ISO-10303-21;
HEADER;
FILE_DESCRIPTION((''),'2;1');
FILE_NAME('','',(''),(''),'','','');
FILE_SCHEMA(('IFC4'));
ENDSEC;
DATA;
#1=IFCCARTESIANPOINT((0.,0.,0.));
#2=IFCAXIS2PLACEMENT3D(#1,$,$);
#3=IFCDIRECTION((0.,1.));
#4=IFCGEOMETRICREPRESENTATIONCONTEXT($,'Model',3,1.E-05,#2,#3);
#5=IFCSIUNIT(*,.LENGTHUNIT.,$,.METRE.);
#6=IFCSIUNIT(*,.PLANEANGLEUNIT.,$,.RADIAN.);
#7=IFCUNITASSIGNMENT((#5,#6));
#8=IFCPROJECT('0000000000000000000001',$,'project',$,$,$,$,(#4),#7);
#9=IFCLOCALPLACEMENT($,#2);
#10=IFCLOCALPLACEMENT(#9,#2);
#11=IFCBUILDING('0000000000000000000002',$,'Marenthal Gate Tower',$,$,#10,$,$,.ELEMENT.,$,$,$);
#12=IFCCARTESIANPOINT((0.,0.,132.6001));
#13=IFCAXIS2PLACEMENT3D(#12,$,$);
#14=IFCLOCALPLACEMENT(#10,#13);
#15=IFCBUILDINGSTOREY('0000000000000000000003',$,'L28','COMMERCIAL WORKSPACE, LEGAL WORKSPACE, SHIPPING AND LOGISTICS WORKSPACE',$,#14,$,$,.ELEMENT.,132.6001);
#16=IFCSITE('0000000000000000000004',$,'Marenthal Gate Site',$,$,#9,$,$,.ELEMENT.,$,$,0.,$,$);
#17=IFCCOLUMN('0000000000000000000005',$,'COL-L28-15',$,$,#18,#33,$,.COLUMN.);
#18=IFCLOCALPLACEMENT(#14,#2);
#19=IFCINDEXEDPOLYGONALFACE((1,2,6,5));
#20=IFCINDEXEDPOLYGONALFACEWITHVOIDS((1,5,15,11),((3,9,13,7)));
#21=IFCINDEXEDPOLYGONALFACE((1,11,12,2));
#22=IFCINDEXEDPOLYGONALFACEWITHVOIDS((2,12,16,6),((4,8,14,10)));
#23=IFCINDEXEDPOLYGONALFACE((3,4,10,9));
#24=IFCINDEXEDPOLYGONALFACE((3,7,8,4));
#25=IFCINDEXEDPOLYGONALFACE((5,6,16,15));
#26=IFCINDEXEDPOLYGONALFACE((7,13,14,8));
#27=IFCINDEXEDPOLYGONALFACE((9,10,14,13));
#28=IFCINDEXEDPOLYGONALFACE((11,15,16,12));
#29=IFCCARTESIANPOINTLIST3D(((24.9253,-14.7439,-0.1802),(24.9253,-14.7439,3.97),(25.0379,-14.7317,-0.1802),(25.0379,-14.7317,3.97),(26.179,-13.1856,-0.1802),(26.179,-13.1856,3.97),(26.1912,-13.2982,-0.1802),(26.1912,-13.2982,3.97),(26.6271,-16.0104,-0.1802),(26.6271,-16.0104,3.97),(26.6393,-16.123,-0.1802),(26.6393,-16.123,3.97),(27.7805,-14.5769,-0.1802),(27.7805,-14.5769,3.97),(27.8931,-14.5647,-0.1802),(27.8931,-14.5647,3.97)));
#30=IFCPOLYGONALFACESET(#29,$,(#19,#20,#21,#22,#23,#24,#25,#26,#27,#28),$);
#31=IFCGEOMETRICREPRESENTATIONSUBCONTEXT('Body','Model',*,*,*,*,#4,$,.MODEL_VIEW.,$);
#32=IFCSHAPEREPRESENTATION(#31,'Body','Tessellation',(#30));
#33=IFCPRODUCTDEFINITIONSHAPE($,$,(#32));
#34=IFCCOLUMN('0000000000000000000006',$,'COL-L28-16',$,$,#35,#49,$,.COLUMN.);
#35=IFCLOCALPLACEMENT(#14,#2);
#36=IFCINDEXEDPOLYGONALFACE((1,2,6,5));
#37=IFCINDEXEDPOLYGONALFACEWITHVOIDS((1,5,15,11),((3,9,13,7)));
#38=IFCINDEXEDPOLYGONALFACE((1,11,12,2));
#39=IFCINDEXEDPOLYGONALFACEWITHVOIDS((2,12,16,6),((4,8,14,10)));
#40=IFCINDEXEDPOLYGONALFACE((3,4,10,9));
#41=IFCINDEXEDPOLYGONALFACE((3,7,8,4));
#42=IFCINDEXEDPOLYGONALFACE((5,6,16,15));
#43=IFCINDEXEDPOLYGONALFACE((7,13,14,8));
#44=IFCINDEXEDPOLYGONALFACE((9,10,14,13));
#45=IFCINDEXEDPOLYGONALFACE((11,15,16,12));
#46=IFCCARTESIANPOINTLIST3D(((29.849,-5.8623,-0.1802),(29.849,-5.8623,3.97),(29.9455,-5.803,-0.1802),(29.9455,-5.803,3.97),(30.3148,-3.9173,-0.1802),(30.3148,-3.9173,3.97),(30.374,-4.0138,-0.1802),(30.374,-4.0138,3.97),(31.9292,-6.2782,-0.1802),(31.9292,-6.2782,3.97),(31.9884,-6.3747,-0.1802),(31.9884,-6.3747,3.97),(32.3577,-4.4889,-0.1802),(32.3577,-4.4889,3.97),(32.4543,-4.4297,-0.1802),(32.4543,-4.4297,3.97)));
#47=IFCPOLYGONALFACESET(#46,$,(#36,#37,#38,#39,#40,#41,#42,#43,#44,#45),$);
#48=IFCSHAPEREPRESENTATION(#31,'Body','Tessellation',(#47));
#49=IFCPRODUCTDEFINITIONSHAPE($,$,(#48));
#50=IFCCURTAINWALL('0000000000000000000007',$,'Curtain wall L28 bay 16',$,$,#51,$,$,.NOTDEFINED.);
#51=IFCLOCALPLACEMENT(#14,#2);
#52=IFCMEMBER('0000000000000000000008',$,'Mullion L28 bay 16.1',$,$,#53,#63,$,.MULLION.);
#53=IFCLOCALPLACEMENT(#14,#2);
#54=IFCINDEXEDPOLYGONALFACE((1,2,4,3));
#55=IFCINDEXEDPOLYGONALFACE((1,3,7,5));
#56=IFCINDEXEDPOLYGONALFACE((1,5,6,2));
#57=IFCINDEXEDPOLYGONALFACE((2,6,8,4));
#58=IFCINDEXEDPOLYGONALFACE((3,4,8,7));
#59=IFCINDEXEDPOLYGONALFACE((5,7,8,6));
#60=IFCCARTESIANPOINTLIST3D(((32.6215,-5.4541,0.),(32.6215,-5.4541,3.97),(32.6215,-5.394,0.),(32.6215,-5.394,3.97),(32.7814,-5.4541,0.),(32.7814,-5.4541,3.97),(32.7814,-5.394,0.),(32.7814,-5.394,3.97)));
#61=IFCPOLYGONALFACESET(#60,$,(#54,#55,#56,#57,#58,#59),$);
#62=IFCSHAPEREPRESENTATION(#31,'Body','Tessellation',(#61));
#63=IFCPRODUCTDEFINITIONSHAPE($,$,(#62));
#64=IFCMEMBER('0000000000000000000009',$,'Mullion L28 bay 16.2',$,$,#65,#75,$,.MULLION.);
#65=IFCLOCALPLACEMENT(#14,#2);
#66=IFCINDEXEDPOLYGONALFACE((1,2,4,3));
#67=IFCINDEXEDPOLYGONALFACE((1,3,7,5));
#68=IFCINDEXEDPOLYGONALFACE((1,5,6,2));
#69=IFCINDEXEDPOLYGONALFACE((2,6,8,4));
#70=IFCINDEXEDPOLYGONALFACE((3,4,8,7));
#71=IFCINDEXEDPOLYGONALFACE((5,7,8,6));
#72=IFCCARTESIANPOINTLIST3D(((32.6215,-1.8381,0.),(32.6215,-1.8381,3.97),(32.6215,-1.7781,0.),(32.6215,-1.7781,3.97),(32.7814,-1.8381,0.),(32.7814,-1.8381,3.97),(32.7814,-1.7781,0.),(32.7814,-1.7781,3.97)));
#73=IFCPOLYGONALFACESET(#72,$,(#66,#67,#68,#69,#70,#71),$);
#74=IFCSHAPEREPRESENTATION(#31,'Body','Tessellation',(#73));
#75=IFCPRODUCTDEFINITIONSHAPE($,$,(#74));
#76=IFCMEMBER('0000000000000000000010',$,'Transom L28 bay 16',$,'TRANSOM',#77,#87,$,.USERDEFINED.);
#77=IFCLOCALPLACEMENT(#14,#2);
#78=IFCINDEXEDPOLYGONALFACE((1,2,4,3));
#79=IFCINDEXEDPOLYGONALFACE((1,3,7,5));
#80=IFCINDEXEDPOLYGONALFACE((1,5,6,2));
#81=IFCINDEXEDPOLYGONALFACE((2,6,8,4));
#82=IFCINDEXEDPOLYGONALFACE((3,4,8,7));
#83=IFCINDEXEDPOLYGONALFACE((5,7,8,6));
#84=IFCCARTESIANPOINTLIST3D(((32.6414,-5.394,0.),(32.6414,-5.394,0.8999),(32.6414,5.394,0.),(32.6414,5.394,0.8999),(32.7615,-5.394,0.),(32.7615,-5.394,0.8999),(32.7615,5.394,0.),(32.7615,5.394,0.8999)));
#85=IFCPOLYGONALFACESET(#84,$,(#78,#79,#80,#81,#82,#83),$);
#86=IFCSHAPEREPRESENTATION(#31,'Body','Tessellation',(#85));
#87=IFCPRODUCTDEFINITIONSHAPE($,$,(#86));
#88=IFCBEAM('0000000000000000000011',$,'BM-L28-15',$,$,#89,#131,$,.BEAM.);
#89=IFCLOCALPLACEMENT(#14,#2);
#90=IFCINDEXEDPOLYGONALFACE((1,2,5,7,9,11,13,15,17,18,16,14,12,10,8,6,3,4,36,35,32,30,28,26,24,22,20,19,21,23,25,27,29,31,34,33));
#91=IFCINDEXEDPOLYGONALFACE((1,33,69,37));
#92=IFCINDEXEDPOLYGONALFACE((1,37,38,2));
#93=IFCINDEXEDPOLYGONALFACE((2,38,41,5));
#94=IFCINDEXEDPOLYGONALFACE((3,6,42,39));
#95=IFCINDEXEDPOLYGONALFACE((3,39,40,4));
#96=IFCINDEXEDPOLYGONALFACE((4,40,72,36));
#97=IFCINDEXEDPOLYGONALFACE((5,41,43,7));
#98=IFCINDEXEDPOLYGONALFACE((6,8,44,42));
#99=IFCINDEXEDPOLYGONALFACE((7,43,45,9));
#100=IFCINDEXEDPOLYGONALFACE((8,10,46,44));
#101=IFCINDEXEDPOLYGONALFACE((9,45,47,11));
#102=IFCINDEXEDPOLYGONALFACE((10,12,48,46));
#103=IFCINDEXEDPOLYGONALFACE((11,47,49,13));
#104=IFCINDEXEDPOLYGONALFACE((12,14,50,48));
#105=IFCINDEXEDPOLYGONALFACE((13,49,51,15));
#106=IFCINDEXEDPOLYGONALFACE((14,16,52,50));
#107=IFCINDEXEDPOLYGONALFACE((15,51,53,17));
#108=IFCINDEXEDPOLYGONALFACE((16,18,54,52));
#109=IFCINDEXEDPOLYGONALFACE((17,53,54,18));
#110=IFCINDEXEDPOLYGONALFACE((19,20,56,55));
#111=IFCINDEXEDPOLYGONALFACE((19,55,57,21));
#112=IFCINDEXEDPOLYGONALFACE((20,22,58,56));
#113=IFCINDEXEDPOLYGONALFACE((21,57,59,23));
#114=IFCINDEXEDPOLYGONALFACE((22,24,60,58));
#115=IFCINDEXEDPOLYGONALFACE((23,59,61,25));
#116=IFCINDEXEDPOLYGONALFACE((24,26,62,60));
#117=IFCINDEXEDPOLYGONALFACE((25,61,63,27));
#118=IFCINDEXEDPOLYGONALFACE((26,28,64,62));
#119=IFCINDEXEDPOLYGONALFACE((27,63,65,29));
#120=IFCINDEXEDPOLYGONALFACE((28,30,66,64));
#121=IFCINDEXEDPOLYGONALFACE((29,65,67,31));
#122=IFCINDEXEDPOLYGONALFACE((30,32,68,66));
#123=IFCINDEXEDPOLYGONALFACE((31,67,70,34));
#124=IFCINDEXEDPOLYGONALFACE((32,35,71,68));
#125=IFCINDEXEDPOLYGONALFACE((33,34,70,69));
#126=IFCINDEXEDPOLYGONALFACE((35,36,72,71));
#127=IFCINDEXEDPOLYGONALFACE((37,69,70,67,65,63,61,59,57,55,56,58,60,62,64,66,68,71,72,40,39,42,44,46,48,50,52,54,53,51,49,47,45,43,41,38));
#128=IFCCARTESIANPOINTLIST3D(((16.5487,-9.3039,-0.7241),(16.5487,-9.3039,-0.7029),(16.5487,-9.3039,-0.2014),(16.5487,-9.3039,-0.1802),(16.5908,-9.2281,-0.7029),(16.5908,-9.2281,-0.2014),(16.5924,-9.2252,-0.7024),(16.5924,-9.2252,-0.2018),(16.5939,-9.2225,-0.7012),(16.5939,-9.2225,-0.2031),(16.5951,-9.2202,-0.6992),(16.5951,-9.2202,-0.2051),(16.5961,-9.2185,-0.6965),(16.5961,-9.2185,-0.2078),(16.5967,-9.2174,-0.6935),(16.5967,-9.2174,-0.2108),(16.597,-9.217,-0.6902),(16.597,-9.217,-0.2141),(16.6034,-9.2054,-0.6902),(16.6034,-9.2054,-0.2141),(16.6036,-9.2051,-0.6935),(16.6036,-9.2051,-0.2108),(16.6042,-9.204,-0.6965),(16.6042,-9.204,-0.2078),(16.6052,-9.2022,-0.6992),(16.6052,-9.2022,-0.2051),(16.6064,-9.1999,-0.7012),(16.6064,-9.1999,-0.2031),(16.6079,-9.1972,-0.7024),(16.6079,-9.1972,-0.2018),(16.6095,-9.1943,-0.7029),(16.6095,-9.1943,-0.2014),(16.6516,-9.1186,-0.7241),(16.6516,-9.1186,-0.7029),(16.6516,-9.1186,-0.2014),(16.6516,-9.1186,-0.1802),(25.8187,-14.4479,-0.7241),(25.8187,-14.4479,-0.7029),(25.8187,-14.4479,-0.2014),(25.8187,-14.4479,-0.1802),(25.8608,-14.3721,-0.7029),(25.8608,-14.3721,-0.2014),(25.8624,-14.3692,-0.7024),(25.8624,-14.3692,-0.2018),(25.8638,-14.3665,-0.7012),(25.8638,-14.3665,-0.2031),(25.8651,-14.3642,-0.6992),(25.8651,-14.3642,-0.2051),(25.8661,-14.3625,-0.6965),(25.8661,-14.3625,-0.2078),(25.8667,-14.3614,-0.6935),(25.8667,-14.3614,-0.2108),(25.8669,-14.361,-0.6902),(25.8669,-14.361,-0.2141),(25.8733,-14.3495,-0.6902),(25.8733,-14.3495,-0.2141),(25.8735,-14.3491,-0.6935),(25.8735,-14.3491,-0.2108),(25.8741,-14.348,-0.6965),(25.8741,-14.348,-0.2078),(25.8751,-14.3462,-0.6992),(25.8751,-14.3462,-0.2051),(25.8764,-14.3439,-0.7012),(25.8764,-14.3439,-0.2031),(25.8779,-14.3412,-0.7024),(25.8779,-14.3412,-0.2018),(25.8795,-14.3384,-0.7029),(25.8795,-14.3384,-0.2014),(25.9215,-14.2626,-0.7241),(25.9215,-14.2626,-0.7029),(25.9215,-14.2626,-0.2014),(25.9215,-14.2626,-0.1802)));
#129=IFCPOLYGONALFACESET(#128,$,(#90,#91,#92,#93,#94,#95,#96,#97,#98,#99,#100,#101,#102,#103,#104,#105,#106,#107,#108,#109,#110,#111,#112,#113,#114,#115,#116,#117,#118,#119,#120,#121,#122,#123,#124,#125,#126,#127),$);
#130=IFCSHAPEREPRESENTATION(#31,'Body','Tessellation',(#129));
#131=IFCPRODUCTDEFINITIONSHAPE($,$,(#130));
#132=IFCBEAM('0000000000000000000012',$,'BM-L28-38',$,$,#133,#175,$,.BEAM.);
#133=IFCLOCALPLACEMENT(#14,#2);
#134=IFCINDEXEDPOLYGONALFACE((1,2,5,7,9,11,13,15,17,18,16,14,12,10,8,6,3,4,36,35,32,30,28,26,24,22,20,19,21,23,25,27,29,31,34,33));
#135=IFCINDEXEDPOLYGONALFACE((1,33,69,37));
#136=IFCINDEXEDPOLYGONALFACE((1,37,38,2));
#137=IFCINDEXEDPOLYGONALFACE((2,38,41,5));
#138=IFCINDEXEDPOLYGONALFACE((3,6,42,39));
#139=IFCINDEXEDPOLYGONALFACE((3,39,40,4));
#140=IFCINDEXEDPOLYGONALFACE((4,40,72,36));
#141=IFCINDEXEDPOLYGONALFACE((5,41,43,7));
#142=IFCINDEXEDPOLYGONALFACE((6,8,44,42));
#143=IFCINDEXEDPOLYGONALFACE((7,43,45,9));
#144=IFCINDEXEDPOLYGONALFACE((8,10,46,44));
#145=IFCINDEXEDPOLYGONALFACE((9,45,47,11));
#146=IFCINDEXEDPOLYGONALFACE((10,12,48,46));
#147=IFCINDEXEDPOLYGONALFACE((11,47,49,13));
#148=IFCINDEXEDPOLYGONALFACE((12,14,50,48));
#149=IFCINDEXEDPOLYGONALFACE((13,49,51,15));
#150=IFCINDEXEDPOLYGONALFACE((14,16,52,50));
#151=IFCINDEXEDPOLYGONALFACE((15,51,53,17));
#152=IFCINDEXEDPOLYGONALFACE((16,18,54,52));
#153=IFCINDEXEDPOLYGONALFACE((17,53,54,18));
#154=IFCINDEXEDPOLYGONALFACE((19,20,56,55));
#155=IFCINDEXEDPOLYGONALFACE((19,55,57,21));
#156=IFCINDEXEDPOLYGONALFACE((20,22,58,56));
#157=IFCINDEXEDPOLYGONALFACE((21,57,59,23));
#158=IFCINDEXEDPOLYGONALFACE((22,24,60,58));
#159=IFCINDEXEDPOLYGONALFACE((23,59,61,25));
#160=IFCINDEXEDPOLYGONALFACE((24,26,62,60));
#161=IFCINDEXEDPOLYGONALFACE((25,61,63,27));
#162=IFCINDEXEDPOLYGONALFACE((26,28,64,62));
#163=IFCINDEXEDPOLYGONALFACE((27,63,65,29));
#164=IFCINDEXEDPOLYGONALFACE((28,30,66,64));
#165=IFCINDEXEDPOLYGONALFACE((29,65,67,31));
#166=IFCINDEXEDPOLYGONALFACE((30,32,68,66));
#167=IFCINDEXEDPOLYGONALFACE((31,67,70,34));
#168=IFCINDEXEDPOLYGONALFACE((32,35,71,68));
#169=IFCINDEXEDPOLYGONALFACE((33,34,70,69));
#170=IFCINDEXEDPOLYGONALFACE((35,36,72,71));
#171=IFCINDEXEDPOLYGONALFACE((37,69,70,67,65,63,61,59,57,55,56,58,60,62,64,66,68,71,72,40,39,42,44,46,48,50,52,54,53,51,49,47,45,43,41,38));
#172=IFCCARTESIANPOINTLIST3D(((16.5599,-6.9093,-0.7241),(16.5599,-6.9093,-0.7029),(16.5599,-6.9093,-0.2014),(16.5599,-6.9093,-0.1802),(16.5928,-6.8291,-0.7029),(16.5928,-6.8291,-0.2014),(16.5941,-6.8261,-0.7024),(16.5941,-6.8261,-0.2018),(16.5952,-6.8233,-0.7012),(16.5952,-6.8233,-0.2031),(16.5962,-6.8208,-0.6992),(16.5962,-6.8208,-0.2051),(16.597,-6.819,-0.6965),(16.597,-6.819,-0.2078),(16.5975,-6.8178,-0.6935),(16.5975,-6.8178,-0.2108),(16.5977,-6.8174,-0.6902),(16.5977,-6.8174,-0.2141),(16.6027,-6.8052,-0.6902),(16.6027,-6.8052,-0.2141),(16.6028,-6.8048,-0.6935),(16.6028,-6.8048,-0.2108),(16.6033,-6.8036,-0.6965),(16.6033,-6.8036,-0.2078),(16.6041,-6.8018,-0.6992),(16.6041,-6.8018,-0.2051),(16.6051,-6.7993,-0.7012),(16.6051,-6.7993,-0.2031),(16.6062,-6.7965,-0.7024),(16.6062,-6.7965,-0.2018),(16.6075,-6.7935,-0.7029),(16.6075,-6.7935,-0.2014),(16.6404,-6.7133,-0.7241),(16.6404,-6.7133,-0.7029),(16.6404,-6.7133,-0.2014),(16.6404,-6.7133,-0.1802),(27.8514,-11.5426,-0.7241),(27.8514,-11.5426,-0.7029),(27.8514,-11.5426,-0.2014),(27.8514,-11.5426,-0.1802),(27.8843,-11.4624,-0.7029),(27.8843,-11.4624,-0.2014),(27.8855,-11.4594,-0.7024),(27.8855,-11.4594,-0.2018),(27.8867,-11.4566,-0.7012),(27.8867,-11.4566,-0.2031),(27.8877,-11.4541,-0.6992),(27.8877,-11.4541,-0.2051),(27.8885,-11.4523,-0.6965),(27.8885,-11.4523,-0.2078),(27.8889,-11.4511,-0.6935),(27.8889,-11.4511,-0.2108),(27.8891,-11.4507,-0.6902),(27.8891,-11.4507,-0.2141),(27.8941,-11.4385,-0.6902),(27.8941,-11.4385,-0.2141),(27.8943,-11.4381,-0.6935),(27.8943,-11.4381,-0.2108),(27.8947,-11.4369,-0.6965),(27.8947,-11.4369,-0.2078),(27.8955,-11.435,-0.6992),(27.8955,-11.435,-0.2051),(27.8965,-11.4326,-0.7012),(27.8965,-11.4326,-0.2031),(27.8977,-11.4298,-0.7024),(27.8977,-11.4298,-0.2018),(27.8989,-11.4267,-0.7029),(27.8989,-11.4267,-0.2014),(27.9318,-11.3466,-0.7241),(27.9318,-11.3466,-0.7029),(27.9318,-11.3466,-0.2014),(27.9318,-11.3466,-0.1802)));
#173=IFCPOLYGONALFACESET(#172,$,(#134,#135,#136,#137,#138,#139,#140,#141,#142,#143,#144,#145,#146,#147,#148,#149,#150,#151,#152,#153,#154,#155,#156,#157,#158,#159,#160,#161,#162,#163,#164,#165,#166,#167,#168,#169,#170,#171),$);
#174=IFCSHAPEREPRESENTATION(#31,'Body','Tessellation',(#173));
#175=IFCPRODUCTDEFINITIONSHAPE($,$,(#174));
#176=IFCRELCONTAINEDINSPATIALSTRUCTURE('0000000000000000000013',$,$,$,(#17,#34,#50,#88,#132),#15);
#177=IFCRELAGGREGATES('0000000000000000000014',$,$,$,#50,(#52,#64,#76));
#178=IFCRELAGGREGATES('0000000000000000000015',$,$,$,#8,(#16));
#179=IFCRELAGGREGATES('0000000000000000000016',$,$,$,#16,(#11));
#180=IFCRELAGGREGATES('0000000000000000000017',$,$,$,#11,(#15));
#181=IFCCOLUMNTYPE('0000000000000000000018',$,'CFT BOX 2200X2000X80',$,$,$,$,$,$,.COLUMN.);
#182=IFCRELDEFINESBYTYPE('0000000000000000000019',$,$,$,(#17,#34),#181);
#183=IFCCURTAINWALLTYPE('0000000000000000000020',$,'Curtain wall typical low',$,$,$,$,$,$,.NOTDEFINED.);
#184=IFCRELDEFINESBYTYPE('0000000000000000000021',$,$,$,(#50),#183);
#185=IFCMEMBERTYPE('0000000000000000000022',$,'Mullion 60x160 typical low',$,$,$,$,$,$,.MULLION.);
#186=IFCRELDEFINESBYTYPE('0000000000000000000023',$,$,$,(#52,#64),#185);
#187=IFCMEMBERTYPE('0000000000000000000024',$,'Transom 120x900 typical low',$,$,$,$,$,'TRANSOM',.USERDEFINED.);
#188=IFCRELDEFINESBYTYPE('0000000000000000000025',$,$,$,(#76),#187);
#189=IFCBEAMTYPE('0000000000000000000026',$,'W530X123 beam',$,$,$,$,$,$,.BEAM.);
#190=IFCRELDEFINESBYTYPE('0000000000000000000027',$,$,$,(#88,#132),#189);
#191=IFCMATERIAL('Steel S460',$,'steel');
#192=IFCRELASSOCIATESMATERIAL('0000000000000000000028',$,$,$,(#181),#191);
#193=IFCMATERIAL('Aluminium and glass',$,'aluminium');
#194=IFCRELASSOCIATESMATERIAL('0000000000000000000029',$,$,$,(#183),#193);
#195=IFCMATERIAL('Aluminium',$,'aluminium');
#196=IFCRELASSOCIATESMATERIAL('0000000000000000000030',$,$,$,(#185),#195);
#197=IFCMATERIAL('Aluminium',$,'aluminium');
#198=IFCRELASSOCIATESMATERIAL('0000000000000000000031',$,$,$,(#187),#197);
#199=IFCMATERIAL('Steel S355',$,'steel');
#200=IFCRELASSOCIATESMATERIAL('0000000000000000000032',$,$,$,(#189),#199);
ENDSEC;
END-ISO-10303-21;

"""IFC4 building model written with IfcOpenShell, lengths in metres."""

from ifc_helpers import new_model, si_unit, direction, frame, origin, origin_2d, place, context, subcontext, project, spatial, rectangle, hollow_rectangle, i_section, extrude, material, material_profile, profile_set, type_object, element, aggregate, save


model = new_model("IFC4")

# Units and contexts
model_context = context("Model", 3, precision=1e-05, world=origin(), true_north=direction((0.0, 1.0)))
body_context = subcontext(model_context, "Body", "Model", "MODEL_VIEW")
ifc_project = project(units=[si_unit("LENGTHUNIT", "METRE"), si_unit("PLANEANGLEUNIT", "RADIAN")], contexts=[model_context])

# Site, building, storey
site_placement = place(None, origin())
site = spatial("IfcSite", under=ifc_project, at=site_placement, Name="Marenthal Gate Site", CompositionType="ELEMENT", RefElevation=0.0)
building_placement = place(site_placement, origin())
building = spatial("IfcBuilding", under=site, at=building_placement, Name="Marenthal Gate Tower", CompositionType="ELEMENT")
storey_placement = place(building_placement, frame((0.0, 0.0, 132.6001)))
storey = spatial("IfcBuildingStorey", under=building, at=storey_placement, Name="L28", Description="COMMERCIAL WORKSPACE, LEGAL WORKSPACE, SHIPPING AND LOGISTICS WORKSPACE", CompositionType="ELEMENT", Elevation=132.6001)

# Columns
ifc_material_1 = material(Name="Steel S460", Category="steel")
ifc_material_profile_1 = material_profile(ifc_material_1, hollow_rectangle(XDim=2.0, YDim=2.2, WallThickness=0.0801, at=origin_2d()), Name="CFT BOX 2200X2000X80")
ifc_material_2 = material(Name="Concrete 70 MPa", Category="concrete")
ifc_material_profile_2 = material_profile(ifc_material_2, rectangle(XDim=1.8401, YDim=2.04, at=origin_2d()), Name="CFT BOX 2200X2000X80 INFILL")
ifc_profile_set_1 = profile_set([ifc_material_profile_1, ifc_material_profile_2], Name="Steel S460 shell, Concrete 70 MPa infill")
column_type = type_object("IfcColumnType", Name="CFT BOX 2200X2000X80", PredefinedType="COLUMN", material=ifc_profile_set_1)
for number, where, z_axis, x_axis, name in (
    (1, (26.4092, -14.6543, -0.1802), (0.0, 0.0, 1.0), (-0.626873, -0.779121, 0.0), "COL-L28-15"),
    (2, (31.1516, -5.146, -0.1802), (0.0, 0.0, 1.0), (-0.232933, -0.972493, 0.0), "COL-L28-16"),
):
    element("IfcColumn", number, at=place(storey_placement, frame(where, z_axis=z_axis, x_axis=x_axis)), inside=storey, type_object=column_type, Name=name, PredefinedType="COLUMN", context=body_context, shape_type="SweptSolid", body=[
        extrude(hollow_rectangle(XDim=2.0, YDim=2.2, WallThickness=0.0801, at=origin_2d()), origin(), (0.0, 0.0, 1.0), 4.1501),
    ])

# Curtain wall, members
ifc_material_3 = material(Name="Aluminium and glass", Category="aluminium")
curtain_wall_type = type_object("IfcCurtainWallType", Name="Curtain wall typical low", PredefinedType="NOTDEFINED", material=ifc_material_3)
curtain_wall_placement = place(storey_placement, origin())
curtain_wall = element("IfcCurtainWall", 3, at=curtain_wall_placement, inside=storey, type_object=curtain_wall_type, Name="Curtain wall L28 bay 16", PredefinedType="NOTDEFINED")
ifc_material_4 = material(Name="Aluminium", Category="aluminium")
ifc_material_profile_3 = material_profile(ifc_material_4, rectangle(XDim=0.1599, YDim=0.0601, at=origin_2d()), Name="60x160 aluminium mullion")
ifc_profile_set_2 = profile_set([ifc_material_profile_3], Name="Aluminium")
member_type_1 = type_object("IfcMemberType", Name="Mullion 60x160 typical low", PredefinedType="MULLION", material=ifc_profile_set_2)
member_1_placement = place(storey_placement, frame((32.7014, -5.4241, 0.0), z_axis=(0.0, 0.0, 1.0), x_axis=(-1.0, 0.0, 0.0)))
member_1 = element("IfcMember", 4, at=member_1_placement, type_object=member_type_1, Name="Mullion L28 bay 16.1", PredefinedType="MULLION", context=body_context, shape_type="SweptSolid", body=[
    extrude(rectangle(XDim=0.1599, YDim=0.0601, at=origin_2d()), origin(), (0.0, 0.0, 1.0), 3.97),
])
member_2_placement = place(storey_placement, frame((32.7014, -1.8081, 0.0), z_axis=(0.0, 0.0, 1.0), x_axis=(-1.0, 0.0, 0.0)))
member_2 = element("IfcMember", 5, at=member_2_placement, type_object=member_type_1, Name="Mullion L28 bay 16.2", PredefinedType="MULLION", context=body_context, shape_type="SweptSolid", body=[
    extrude(rectangle(XDim=0.1599, YDim=0.0601, at=origin_2d()), origin(), (0.0, 0.0, 1.0), 3.97),
])
ifc_material_5 = material(Name="Aluminium", Category="aluminium")
ifc_material_profile_4 = material_profile(ifc_material_5, rectangle(XDim=0.1201, YDim=0.8999, at=origin_2d()), Name="120x900 aluminium transom")
ifc_profile_set_3 = profile_set([ifc_material_profile_4], Name="Aluminium")
member_type_2 = type_object("IfcMemberType", Name="Transom 120x900 typical low", ElementType="TRANSOM", PredefinedType="USERDEFINED", material=ifc_profile_set_3)
member_3_placement = place(storey_placement, frame((32.7014, -5.394, 0.45), z_axis=(0.0, 1.0, 0.0), x_axis=(-1.0, 0.0, 0.0)))
member_3 = element("IfcMember", 6, at=member_3_placement, type_object=member_type_2, Name="Transom L28 bay 16", ObjectType="TRANSOM", PredefinedType="USERDEFINED", context=body_context, shape_type="SweptSolid", body=[
    extrude(rectangle(XDim=0.1201, YDim=0.8999, at=origin_2d()), origin(), (0.0, 0.0, 1.0), 10.7881),
])

# Beams
ifc_material_6 = material(Name="Steel S355", Category="steel")
ifc_material_profile_5 = material_profile(ifc_material_6, i_section(OverallWidth=0.2119, OverallDepth=0.5439, WebThickness=0.0132, FlangeThickness=0.0212, FilletRadius=0.0127, at=origin_2d()), Name="W530X123")
ifc_profile_set_4 = profile_set([ifc_material_profile_5], Name="Steel S355")
beam_type_1 = type_object("IfcBeamType", Name="W530X123 beam", PredefinedType="BEAM", material=ifc_profile_set_4)
beam_1_placement = place(storey_placement, frame((25.8701, -14.3552, -0.4521), z_axis=(-0.874396, 0.485213, 0.0), x_axis=(-0.485213, -0.874396, 0.0)))
element("IfcBeam", 7, at=beam_1_placement, inside=storey, type_object=beam_type_1, Name="BM-L28-15", PredefinedType="BEAM", context=body_context, shape_type="SweptSolid", body=[
    extrude(i_section(OverallWidth=0.2119, OverallDepth=0.5439, WebThickness=0.0132, FlangeThickness=0.0212, FilletRadius=0.0127, at=origin_2d()), origin(), (0.0, 0.0, 1.0), 10.6016),
])
beam_2_placement = place(storey_placement, frame((27.8916, -11.4446, -0.4521), z_axis=(-0.925143, 0.379619, 0.0), x_axis=(-0.379619, -0.925143, 0.0)))
element("IfcBeam", 8, at=beam_2_placement, inside=storey, type_object=beam_type_1, Name="BM-L28-38", PredefinedType="BEAM", context=body_context, shape_type="SweptSolid", body=[
    extrude(i_section(OverallWidth=0.2119, OverallDepth=0.5439, WebThickness=0.0132, FlangeThickness=0.0212, FilletRadius=0.0127, at=origin_2d()), origin(), (0.0, 0.0, 1.0), 12.2051),
])

aggregate(curtain_wall, [member_1, member_2, member_3])

save(model, "model.ifc")
